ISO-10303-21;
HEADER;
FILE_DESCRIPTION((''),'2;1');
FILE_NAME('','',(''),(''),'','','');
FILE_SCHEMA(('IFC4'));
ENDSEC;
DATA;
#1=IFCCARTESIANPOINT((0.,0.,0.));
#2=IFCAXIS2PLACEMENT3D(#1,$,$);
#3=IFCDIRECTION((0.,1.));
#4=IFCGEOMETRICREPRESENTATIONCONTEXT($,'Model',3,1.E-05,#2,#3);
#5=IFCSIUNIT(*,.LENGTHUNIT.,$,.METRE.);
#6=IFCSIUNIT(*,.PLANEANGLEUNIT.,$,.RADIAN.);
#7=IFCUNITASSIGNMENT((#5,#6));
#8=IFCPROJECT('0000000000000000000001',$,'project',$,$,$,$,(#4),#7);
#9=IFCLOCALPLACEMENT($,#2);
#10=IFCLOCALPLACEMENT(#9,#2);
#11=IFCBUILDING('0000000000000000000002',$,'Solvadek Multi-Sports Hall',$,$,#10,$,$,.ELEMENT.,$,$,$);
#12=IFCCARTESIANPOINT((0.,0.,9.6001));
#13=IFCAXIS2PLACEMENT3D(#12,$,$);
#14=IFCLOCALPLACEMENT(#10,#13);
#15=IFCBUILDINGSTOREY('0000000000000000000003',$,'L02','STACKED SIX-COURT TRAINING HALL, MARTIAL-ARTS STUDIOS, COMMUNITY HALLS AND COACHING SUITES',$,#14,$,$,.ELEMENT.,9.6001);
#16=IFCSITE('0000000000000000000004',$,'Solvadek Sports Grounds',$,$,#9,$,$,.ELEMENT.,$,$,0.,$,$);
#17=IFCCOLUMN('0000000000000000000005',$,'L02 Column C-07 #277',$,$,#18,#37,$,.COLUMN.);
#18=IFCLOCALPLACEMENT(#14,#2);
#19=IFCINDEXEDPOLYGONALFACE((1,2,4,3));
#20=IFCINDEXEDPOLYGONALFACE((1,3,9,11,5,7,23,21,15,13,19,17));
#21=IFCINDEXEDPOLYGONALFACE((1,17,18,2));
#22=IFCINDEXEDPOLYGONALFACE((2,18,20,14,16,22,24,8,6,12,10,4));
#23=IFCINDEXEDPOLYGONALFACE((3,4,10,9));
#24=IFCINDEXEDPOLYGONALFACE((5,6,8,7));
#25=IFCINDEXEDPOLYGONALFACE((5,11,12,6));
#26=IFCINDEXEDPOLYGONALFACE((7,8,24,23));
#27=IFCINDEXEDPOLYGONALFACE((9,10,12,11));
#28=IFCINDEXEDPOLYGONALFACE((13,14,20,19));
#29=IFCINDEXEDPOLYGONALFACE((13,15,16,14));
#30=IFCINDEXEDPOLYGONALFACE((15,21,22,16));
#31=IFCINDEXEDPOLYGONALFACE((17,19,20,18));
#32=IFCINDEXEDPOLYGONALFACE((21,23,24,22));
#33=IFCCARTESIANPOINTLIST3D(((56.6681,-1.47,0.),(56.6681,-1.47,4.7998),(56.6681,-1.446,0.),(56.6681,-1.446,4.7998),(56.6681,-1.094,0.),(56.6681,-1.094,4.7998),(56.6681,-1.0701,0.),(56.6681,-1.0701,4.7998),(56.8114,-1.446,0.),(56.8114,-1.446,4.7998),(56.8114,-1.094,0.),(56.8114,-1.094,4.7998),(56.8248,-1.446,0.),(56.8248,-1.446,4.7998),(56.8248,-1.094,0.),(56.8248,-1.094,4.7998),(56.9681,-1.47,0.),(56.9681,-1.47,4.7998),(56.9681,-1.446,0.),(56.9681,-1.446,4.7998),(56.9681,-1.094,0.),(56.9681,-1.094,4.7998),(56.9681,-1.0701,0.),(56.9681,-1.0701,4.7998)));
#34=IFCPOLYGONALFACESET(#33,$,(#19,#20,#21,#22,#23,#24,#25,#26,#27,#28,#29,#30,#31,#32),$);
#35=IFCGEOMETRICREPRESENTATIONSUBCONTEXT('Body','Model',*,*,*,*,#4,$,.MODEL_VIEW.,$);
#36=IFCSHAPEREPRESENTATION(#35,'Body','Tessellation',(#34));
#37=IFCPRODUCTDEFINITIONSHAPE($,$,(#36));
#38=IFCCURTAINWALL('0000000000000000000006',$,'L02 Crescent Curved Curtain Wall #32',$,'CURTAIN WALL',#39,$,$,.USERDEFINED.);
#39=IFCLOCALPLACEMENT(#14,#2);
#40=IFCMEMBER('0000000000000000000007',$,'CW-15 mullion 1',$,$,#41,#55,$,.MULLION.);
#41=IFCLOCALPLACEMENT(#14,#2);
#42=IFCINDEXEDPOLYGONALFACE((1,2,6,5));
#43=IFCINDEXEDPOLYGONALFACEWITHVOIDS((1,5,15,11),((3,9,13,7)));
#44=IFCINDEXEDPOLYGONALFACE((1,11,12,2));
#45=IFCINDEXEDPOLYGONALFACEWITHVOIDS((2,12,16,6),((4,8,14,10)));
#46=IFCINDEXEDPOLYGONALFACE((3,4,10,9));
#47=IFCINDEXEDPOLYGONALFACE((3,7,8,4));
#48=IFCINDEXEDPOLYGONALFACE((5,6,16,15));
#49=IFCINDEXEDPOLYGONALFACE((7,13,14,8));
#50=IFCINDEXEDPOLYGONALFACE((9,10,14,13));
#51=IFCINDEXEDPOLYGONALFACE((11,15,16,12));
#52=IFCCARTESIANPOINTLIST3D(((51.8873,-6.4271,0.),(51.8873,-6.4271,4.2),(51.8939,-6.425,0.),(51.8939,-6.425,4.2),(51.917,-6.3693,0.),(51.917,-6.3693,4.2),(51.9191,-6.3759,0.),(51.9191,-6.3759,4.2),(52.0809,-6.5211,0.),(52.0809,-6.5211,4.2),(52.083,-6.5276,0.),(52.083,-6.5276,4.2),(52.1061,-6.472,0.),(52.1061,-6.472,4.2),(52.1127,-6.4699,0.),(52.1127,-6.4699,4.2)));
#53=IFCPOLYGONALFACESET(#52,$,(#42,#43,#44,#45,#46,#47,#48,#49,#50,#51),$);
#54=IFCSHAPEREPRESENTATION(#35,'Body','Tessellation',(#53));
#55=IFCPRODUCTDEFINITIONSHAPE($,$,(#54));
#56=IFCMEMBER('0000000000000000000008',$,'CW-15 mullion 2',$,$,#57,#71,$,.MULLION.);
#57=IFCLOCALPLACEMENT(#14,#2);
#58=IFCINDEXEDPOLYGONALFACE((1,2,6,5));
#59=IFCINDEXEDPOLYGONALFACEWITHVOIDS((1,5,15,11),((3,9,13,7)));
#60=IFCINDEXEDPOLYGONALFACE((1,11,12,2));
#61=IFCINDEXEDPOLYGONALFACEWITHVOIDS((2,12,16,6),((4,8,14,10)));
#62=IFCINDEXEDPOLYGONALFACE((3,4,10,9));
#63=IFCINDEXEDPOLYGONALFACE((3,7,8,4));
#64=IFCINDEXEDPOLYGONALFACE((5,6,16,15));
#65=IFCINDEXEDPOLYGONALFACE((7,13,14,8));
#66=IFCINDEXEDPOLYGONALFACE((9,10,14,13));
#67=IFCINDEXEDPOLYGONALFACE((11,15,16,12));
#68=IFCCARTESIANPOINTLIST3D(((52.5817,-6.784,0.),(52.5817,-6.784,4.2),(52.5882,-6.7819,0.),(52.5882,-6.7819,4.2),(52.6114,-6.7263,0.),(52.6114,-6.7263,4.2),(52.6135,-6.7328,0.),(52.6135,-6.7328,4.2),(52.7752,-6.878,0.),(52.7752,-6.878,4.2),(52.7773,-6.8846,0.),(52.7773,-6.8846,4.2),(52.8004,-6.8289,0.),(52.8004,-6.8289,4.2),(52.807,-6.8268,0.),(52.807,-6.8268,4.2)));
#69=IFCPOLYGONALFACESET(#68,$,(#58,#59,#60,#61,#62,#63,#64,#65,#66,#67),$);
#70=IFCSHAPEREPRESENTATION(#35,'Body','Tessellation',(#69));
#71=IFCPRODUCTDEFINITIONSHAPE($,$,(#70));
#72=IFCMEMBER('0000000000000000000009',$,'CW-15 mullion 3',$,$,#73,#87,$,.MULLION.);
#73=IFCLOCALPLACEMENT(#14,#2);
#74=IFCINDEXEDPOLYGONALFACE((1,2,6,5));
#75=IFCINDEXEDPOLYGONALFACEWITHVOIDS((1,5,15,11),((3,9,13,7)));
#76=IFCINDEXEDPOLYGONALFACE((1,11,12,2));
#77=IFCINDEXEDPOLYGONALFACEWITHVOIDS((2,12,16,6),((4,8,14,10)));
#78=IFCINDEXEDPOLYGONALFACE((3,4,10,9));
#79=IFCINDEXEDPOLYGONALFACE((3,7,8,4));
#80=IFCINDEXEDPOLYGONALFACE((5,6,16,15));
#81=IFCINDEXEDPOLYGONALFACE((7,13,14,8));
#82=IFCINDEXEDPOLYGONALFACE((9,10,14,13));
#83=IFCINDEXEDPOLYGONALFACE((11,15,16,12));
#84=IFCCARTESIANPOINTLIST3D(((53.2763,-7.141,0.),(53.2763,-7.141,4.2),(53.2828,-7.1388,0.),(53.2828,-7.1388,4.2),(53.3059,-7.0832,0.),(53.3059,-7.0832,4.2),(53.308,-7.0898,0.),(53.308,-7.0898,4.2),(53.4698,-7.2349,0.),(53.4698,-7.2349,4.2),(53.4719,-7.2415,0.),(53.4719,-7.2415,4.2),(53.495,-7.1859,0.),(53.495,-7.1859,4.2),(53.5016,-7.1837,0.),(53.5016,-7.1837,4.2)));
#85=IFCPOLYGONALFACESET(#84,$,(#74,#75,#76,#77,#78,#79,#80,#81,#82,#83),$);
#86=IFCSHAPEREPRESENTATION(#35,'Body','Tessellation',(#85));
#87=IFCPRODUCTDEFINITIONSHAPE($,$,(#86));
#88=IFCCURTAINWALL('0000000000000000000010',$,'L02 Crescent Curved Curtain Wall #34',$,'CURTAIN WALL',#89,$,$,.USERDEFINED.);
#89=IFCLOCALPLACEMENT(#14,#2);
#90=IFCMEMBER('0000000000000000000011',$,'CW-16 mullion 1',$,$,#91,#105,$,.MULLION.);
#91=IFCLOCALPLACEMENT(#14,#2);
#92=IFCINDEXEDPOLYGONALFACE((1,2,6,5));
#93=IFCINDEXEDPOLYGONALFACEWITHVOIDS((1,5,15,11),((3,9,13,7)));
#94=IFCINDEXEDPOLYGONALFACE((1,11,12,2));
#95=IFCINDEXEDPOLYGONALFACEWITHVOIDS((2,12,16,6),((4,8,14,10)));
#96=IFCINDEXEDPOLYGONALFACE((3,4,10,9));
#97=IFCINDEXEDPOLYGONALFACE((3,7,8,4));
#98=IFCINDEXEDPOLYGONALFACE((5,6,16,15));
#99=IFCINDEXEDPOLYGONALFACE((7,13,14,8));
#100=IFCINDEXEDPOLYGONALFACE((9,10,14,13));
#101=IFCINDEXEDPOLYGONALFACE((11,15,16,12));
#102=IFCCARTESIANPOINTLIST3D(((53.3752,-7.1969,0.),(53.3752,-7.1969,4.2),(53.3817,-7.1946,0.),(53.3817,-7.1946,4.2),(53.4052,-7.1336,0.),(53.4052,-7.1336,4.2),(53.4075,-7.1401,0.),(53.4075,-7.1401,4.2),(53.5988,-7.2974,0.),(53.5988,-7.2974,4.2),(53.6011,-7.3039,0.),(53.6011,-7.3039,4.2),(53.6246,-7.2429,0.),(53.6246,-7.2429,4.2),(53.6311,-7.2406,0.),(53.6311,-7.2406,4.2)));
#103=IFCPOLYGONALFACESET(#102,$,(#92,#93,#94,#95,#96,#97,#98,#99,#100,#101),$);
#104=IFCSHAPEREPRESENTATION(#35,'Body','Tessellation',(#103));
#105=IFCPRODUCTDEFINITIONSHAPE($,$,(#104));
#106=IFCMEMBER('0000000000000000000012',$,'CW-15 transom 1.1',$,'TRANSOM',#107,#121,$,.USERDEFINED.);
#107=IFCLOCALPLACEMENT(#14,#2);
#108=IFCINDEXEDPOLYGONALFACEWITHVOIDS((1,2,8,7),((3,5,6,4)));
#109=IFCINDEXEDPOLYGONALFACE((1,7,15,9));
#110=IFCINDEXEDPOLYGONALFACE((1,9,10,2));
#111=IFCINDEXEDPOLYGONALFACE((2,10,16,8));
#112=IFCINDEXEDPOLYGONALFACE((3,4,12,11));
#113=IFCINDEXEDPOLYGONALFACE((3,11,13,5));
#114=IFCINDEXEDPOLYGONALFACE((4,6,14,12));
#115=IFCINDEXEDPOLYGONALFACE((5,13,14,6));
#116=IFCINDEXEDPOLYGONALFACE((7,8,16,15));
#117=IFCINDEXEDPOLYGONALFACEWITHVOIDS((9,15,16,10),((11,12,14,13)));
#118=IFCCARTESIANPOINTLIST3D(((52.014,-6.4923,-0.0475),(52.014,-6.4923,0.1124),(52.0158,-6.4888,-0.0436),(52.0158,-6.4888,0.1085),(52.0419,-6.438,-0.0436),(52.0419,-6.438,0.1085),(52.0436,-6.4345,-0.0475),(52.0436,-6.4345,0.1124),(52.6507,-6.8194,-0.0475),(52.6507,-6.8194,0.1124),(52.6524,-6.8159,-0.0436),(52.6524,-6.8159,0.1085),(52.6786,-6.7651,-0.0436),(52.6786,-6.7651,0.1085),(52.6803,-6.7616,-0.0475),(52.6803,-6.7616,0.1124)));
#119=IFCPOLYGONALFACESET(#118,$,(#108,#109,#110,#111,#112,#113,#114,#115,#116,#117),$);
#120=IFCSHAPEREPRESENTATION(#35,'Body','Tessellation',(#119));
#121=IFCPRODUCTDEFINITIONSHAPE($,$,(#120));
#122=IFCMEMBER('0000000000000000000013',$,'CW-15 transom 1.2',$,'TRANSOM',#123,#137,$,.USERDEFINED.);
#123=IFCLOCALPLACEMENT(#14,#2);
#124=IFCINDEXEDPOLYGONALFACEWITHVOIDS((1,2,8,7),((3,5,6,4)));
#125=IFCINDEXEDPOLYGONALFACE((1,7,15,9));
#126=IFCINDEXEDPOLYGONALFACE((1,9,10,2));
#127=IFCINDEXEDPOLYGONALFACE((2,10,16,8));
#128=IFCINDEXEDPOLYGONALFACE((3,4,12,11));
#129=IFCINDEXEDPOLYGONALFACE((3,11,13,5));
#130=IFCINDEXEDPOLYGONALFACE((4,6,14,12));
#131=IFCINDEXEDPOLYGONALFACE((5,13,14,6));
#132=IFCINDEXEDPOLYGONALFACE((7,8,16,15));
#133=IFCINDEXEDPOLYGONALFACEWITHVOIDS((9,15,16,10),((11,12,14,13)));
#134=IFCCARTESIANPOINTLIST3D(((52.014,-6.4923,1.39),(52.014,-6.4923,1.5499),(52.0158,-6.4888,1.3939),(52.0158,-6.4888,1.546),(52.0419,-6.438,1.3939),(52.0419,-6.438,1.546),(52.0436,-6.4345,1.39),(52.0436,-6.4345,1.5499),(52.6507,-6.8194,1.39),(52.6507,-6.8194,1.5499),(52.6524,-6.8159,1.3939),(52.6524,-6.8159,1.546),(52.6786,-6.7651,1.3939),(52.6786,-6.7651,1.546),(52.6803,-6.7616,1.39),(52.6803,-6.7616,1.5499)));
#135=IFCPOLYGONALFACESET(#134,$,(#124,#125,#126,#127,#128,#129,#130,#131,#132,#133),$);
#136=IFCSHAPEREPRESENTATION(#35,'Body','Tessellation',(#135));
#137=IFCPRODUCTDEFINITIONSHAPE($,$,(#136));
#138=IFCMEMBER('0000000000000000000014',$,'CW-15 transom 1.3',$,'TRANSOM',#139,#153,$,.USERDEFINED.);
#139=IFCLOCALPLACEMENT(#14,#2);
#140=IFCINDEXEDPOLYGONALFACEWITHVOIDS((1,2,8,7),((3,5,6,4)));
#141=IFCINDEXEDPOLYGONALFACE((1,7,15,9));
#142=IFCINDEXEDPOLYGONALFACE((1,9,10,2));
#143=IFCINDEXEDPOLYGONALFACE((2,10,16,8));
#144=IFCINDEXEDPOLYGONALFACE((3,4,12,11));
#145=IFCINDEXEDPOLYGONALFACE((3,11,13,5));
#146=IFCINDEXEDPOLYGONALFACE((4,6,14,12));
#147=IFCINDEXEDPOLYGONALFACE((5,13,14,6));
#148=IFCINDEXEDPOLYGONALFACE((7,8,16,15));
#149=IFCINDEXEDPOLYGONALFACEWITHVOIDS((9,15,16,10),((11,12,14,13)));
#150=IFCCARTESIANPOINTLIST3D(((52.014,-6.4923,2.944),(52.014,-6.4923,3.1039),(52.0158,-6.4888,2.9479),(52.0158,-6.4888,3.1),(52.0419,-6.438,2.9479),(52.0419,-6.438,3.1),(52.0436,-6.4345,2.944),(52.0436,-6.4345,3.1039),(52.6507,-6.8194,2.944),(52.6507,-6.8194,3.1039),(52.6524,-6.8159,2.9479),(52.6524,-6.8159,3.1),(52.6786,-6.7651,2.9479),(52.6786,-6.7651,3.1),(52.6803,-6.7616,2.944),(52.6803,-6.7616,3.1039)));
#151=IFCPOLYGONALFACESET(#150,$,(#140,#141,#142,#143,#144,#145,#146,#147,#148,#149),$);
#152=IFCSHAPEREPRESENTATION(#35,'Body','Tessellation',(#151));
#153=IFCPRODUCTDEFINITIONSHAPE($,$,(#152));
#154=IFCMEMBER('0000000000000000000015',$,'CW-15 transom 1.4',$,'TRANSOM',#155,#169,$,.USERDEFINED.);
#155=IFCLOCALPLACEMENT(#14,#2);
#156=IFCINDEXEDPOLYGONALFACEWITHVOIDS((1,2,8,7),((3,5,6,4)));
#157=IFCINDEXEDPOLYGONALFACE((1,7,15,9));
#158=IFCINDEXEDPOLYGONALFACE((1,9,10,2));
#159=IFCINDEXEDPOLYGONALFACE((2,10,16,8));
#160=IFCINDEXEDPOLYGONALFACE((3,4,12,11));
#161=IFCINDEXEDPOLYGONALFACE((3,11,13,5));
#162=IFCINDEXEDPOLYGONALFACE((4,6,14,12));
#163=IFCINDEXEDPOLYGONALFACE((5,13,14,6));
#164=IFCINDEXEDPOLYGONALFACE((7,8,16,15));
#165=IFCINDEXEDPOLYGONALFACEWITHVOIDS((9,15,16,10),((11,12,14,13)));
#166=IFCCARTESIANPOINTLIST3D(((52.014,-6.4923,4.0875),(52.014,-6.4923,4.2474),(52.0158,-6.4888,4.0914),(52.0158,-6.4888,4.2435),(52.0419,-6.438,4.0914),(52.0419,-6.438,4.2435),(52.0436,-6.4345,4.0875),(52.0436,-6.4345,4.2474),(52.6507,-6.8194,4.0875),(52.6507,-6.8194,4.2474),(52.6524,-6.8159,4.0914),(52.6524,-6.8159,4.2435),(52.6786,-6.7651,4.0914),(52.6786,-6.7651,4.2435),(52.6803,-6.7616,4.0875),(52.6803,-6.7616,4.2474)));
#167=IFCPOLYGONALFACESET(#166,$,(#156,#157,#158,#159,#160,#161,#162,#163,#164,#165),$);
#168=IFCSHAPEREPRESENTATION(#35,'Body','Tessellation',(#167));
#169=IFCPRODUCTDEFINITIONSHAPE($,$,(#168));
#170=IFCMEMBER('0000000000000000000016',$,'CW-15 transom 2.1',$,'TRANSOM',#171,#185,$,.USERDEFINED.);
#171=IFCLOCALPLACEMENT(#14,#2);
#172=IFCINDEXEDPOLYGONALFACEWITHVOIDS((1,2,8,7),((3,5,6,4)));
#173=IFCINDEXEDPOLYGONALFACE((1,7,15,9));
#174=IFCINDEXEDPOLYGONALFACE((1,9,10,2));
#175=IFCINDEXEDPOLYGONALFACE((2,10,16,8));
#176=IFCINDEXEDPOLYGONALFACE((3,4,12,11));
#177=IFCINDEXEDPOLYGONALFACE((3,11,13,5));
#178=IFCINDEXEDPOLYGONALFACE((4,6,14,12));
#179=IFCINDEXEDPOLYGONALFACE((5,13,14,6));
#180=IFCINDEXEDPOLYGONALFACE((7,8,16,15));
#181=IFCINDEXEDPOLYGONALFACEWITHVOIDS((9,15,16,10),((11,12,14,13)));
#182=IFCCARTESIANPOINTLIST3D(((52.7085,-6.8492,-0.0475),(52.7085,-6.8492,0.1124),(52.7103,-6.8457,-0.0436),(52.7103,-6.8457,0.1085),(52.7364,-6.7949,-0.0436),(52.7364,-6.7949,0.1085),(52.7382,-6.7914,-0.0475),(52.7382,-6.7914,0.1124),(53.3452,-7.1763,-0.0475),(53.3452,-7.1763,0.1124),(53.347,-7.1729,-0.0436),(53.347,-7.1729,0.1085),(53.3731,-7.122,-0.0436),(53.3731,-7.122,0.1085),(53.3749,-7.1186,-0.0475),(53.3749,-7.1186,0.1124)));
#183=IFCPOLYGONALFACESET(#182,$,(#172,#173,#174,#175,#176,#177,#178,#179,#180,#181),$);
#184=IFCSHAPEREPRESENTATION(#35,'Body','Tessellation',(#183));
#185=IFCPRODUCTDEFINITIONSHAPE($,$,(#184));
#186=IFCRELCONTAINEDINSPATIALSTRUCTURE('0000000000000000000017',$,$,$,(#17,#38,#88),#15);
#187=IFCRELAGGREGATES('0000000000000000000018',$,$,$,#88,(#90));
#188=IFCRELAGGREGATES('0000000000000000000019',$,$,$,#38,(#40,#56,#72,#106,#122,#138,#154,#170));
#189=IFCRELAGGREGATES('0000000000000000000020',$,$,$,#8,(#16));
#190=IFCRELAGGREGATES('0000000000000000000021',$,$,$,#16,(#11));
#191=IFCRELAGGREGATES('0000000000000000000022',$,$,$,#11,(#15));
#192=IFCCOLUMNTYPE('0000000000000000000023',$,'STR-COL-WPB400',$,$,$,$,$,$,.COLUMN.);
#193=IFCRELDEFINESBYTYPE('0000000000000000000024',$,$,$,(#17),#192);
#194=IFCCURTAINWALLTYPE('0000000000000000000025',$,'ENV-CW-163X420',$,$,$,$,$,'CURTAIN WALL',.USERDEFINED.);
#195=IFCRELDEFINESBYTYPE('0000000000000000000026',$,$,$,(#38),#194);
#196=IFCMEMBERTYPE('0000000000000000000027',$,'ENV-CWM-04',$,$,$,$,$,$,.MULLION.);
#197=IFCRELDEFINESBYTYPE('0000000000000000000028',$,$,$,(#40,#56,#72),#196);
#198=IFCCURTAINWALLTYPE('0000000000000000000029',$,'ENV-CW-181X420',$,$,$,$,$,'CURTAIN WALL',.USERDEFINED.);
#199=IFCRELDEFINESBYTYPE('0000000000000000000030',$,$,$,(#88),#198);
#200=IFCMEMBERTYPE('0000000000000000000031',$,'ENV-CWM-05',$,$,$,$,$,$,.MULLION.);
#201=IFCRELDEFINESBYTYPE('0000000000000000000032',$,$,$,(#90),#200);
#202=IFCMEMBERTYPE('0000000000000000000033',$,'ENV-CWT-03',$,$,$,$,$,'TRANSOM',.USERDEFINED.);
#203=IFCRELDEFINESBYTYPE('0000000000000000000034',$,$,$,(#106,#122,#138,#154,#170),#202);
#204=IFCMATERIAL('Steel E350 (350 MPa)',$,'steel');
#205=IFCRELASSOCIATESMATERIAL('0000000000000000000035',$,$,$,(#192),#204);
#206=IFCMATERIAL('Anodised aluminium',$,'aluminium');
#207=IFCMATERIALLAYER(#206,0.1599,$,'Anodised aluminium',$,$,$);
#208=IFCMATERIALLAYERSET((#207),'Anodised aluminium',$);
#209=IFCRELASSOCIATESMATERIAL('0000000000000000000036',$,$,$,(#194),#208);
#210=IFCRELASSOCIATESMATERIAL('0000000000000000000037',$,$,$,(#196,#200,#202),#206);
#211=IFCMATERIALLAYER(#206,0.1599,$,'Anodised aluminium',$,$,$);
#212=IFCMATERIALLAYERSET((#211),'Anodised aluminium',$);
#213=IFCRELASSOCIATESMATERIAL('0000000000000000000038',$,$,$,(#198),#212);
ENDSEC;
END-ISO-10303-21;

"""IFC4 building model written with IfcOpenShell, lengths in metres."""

from ifc_helpers import new_model, si_unit, direction, frame, origin, origin_2d, place, context, subcontext, project, spatial, hollow_rectangle, i_section, extrude, material, layer, layer_set, material_profile, profile_set, type_object, element, aggregate, save


model = new_model("IFC4")

# Units and contexts
model_context = context("Model", 3, precision=1e-05, world=origin(), true_north=direction((0.0, 1.0)))
body_context = subcontext(model_context, "Body", "Model", "MODEL_VIEW")
ifc_project = project(units=[si_unit("LENGTHUNIT", "METRE"), si_unit("PLANEANGLEUNIT", "RADIAN")], contexts=[model_context])

# Site, building, storey
site_placement = place(None, origin())
site = spatial("IfcSite", under=ifc_project, at=site_placement, Name="Solvadek Sports Grounds", CompositionType="ELEMENT", RefElevation=0.0)
building_placement = place(site_placement, origin())
building = spatial("IfcBuilding", under=site, at=building_placement, Name="Solvadek Multi-Sports Hall", CompositionType="ELEMENT")
storey_placement = place(building_placement, frame((0.0, 0.0, 9.6001)))
storey = spatial("IfcBuildingStorey", under=building, at=storey_placement, Name="L02", Description="STACKED SIX-COURT TRAINING HALL, MARTIAL-ARTS STUDIOS, COMMUNITY HALLS AND COACHING SUITES", CompositionType="ELEMENT", Elevation=9.6001)

# Column
ifc_material_1 = material(Name="Steel E350 (350 MPa)", Category="steel")
ifc_material_profile_1 = material_profile(ifc_material_1, i_section(OverallWidth=0.3, OverallDepth=0.3999, WebThickness=0.0134, FlangeThickness=0.0239, at=origin_2d()), Name="WPB 400")
ifc_profile_set_1 = profile_set([ifc_material_profile_1], Name="Steel E350 (350 MPa)")
column_type = type_object("IfcColumnType", Name="STR-COL-WPB400", PredefinedType="COLUMN", material=ifc_profile_set_1)
column_placement = place(storey_placement, frame((56.8181, -1.27, 0.0), z_axis=(0.0, 0.0, 1.0), x_axis=(1.0, 0.0, 0.0)))
element("IfcColumn", 1, at=column_placement, inside=storey, type_object=column_type, Name="L02 Column C-07 #277", PredefinedType="COLUMN", context=body_context, shape_type="SweptSolid", body=[
    extrude(i_section(OverallWidth=0.3, OverallDepth=0.3999, WebThickness=0.0134, FlangeThickness=0.0239, at=origin_2d()), origin(), (0.0, 0.0, 1.0), 4.7998),
])

# Curtain wall, members
ifc_material_2 = material(Name="Anodised aluminium", Category="aluminium")
ifc_layer_1 = layer(ifc_material_2, 0.1599, Name="Anodised aluminium")
ifc_layer_set_1 = layer_set([ifc_layer_1], Name="Anodised aluminium")
curtain_wall_type_1 = type_object("IfcCurtainWallType", Name="ENV-CW-163X420", ElementType="CURTAIN WALL", PredefinedType="USERDEFINED", material=ifc_layer_set_1)
curtain_wall_1_placement = place(storey_placement, origin())
curtain_wall_1 = element("IfcCurtainWall", 2, at=curtain_wall_1_placement, inside=storey, type_object=curtain_wall_type_1, Name="L02 Crescent Curved Curtain Wall #32", ObjectType="CURTAIN WALL", PredefinedType="USERDEFINED")
ifc_material_profile_2 = material_profile(ifc_material_2, hollow_rectangle(XDim=0.0649, YDim=0.22, WallThickness=0.0049, at=origin_2d()), Name="ALU-M 220x65x5")
ifc_profile_set_2 = profile_set([ifc_material_profile_2], Name="Anodised aluminium")
member_type_1 = type_object("IfcMemberType", Name="ENV-CWM-04", PredefinedType="MULLION", material=ifc_profile_set_2)
member_1_placement = place(storey_placement, frame((52.0, -6.4485, 0.0), z_axis=(0.0, 0.0, 1.0), x_axis=(0.457097, 0.889417, 0.0)))
member_1 = element("IfcMember", 3, at=member_1_placement, type_object=member_type_1, Name="CW-15 mullion 1", PredefinedType="MULLION", context=body_context, shape_type="SweptSolid", body=[
    extrude(hollow_rectangle(XDim=0.0649, YDim=0.22, WallThickness=0.0049, at=origin_2d()), origin(), (0.0, 0.0, 1.0), 4.2),
])
member_2_placement = place(storey_placement, frame((52.6943, -6.8054, 0.0), z_axis=(0.0, 0.0, 1.0), x_axis=(0.457097, 0.889417, 0.0)))
member_2 = element("IfcMember", 4, at=member_2_placement, type_object=member_type_1, Name="CW-15 mullion 2", PredefinedType="MULLION", context=body_context, shape_type="SweptSolid", body=[
    extrude(hollow_rectangle(XDim=0.0649, YDim=0.22, WallThickness=0.0049, at=origin_2d()), origin(), (0.0, 0.0, 1.0), 4.2),
])
member_3_placement = place(storey_placement, frame((53.3889, -7.1624, 0.0), z_axis=(0.0, 0.0, 1.0), x_axis=(0.457097, 0.889417, 0.0)))
member_3 = element("IfcMember", 5, at=member_3_placement, type_object=member_type_1, Name="CW-15 mullion 3", PredefinedType="MULLION", context=body_context, shape_type="SweptSolid", body=[
    extrude(hollow_rectangle(XDim=0.0649, YDim=0.22, WallThickness=0.0049, at=origin_2d()), origin(), (0.0, 0.0, 1.0), 4.2),
])

# Curtain wall, member
ifc_layer_2 = layer(ifc_material_2, 0.1599, Name="Anodised aluminium")
ifc_layer_set_2 = layer_set([ifc_layer_2], Name="Anodised aluminium")
curtain_wall_type_2 = type_object("IfcCurtainWallType", Name="ENV-CW-181X420", ElementType="CURTAIN WALL", PredefinedType="USERDEFINED", material=ifc_layer_set_2)
curtain_wall_2_placement = place(storey_placement, origin())
curtain_wall_2 = element("IfcCurtainWall", 6, at=curtain_wall_2_placement, inside=storey, type_object=curtain_wall_type_2, Name="L02 Crescent Curved Curtain Wall #34", ObjectType="CURTAIN WALL", PredefinedType="USERDEFINED")
ifc_material_profile_3 = material_profile(ifc_material_2, hollow_rectangle(XDim=0.0701, YDim=0.25, WallThickness=0.0049, at=origin_2d()), Name="ALU-M 250x70x5")
ifc_profile_set_3 = profile_set([ifc_material_profile_3], Name="Anodised aluminium")
member_type_2 = type_object("IfcMemberType", Name="ENV-CWM-05", PredefinedType="MULLION", material=ifc_profile_set_3)
member_4_placement = place(storey_placement, frame((53.5032, -7.2188, 0.0), z_axis=(0.0, 0.0, 1.0), x_axis=(0.42816, 0.903703, 0.0)))
member_4 = element("IfcMember", 7, at=member_4_placement, type_object=member_type_2, Name="CW-16 mullion 1", PredefinedType="MULLION", context=body_context, shape_type="SweptSolid", body=[
    extrude(hollow_rectangle(XDim=0.0701, YDim=0.25, WallThickness=0.0049, at=origin_2d()), origin(), (0.0, 0.0, 1.0), 4.2),
])

# Members
ifc_material_profile_4 = material_profile(ifc_material_2, hollow_rectangle(XDim=0.0649, YDim=0.1599, WallThickness=0.0039, at=origin_2d()), Name="ALU-T 160x65x4")
ifc_profile_set_4 = profile_set([ifc_material_profile_4], Name="Anodised aluminium")
member_type_3 = type_object("IfcMemberType", Name="ENV-CWT-03", ElementType="TRANSOM", PredefinedType="USERDEFINED", material=ifc_profile_set_4)
member_5_placement = place(storey_placement, frame((52.0288, -6.4634, 0.0325), z_axis=(0.889462, -0.457009, 0.0), x_axis=(0.457009, 0.889462, 0.0)))
member_5 = element("IfcMember", 8, at=member_5_placement, type_object=member_type_3, Name="CW-15 transom 1.1", ObjectType="TRANSOM", PredefinedType="USERDEFINED", context=body_context, shape_type="SweptSolid", body=[
    extrude(hollow_rectangle(XDim=0.0649, YDim=0.1599, WallThickness=0.0039, at=origin_2d()), origin(), (0.0, 0.0, 1.0), 0.7158),
])
member_6_placement = place(storey_placement, frame((52.0288, -6.4634, 1.47), z_axis=(0.889462, -0.457009, 0.0), x_axis=(0.457009, 0.889462, 0.0)))
member_6 = element("IfcMember", 9, at=member_6_placement, type_object=member_type_3, Name="CW-15 transom 1.2", ObjectType="TRANSOM", PredefinedType="USERDEFINED", context=body_context, shape_type="SweptSolid", body=[
    extrude(hollow_rectangle(XDim=0.0649, YDim=0.1599, WallThickness=0.0039, at=origin_2d()), origin(), (0.0, 0.0, 1.0), 0.7158),
])
member_7_placement = place(storey_placement, frame((52.0288, -6.4634, 3.0239), z_axis=(0.889462, -0.457009, 0.0), x_axis=(0.457009, 0.889462, 0.0)))
member_7 = element("IfcMember", 10, at=member_7_placement, type_object=member_type_3, Name="CW-15 transom 1.3", ObjectType="TRANSOM", PredefinedType="USERDEFINED", context=body_context, shape_type="SweptSolid", body=[
    extrude(hollow_rectangle(XDim=0.0649, YDim=0.1599, WallThickness=0.0039, at=origin_2d()), origin(), (0.0, 0.0, 1.0), 0.7158),
])
member_8_placement = place(storey_placement, frame((52.0288, -6.4634, 4.1675), z_axis=(0.889462, -0.457009, 0.0), x_axis=(0.457009, 0.889462, 0.0)))
member_8 = element("IfcMember", 11, at=member_8_placement, type_object=member_type_3, Name="CW-15 transom 1.4", ObjectType="TRANSOM", PredefinedType="USERDEFINED", context=body_context, shape_type="SweptSolid", body=[
    extrude(hollow_rectangle(XDim=0.0649, YDim=0.1599, WallThickness=0.0039, at=origin_2d()), origin(), (0.0, 0.0, 1.0), 0.7158),
])
member_9_placement = place(storey_placement, frame((52.7234, -6.8203, 0.0325), z_axis=(0.889462, -0.457009, 0.0), x_axis=(0.457009, 0.889462, 0.0)))
member_9 = element("IfcMember", 12, at=member_9_placement, type_object=member_type_3, Name="CW-15 transom 2.1", ObjectType="TRANSOM", PredefinedType="USERDEFINED", context=body_context, shape_type="SweptSolid", body=[
    extrude(hollow_rectangle(XDim=0.0649, YDim=0.1599, WallThickness=0.0039, at=origin_2d()), origin(), (0.0, 0.0, 1.0), 0.7158),
])
aggregate(curtain_wall_2, [member_4])

aggregate(curtain_wall_1, [member_1, member_2, member_3, member_5, member_6, member_7, member_8, member_9])

save(model, "model.ifc")
